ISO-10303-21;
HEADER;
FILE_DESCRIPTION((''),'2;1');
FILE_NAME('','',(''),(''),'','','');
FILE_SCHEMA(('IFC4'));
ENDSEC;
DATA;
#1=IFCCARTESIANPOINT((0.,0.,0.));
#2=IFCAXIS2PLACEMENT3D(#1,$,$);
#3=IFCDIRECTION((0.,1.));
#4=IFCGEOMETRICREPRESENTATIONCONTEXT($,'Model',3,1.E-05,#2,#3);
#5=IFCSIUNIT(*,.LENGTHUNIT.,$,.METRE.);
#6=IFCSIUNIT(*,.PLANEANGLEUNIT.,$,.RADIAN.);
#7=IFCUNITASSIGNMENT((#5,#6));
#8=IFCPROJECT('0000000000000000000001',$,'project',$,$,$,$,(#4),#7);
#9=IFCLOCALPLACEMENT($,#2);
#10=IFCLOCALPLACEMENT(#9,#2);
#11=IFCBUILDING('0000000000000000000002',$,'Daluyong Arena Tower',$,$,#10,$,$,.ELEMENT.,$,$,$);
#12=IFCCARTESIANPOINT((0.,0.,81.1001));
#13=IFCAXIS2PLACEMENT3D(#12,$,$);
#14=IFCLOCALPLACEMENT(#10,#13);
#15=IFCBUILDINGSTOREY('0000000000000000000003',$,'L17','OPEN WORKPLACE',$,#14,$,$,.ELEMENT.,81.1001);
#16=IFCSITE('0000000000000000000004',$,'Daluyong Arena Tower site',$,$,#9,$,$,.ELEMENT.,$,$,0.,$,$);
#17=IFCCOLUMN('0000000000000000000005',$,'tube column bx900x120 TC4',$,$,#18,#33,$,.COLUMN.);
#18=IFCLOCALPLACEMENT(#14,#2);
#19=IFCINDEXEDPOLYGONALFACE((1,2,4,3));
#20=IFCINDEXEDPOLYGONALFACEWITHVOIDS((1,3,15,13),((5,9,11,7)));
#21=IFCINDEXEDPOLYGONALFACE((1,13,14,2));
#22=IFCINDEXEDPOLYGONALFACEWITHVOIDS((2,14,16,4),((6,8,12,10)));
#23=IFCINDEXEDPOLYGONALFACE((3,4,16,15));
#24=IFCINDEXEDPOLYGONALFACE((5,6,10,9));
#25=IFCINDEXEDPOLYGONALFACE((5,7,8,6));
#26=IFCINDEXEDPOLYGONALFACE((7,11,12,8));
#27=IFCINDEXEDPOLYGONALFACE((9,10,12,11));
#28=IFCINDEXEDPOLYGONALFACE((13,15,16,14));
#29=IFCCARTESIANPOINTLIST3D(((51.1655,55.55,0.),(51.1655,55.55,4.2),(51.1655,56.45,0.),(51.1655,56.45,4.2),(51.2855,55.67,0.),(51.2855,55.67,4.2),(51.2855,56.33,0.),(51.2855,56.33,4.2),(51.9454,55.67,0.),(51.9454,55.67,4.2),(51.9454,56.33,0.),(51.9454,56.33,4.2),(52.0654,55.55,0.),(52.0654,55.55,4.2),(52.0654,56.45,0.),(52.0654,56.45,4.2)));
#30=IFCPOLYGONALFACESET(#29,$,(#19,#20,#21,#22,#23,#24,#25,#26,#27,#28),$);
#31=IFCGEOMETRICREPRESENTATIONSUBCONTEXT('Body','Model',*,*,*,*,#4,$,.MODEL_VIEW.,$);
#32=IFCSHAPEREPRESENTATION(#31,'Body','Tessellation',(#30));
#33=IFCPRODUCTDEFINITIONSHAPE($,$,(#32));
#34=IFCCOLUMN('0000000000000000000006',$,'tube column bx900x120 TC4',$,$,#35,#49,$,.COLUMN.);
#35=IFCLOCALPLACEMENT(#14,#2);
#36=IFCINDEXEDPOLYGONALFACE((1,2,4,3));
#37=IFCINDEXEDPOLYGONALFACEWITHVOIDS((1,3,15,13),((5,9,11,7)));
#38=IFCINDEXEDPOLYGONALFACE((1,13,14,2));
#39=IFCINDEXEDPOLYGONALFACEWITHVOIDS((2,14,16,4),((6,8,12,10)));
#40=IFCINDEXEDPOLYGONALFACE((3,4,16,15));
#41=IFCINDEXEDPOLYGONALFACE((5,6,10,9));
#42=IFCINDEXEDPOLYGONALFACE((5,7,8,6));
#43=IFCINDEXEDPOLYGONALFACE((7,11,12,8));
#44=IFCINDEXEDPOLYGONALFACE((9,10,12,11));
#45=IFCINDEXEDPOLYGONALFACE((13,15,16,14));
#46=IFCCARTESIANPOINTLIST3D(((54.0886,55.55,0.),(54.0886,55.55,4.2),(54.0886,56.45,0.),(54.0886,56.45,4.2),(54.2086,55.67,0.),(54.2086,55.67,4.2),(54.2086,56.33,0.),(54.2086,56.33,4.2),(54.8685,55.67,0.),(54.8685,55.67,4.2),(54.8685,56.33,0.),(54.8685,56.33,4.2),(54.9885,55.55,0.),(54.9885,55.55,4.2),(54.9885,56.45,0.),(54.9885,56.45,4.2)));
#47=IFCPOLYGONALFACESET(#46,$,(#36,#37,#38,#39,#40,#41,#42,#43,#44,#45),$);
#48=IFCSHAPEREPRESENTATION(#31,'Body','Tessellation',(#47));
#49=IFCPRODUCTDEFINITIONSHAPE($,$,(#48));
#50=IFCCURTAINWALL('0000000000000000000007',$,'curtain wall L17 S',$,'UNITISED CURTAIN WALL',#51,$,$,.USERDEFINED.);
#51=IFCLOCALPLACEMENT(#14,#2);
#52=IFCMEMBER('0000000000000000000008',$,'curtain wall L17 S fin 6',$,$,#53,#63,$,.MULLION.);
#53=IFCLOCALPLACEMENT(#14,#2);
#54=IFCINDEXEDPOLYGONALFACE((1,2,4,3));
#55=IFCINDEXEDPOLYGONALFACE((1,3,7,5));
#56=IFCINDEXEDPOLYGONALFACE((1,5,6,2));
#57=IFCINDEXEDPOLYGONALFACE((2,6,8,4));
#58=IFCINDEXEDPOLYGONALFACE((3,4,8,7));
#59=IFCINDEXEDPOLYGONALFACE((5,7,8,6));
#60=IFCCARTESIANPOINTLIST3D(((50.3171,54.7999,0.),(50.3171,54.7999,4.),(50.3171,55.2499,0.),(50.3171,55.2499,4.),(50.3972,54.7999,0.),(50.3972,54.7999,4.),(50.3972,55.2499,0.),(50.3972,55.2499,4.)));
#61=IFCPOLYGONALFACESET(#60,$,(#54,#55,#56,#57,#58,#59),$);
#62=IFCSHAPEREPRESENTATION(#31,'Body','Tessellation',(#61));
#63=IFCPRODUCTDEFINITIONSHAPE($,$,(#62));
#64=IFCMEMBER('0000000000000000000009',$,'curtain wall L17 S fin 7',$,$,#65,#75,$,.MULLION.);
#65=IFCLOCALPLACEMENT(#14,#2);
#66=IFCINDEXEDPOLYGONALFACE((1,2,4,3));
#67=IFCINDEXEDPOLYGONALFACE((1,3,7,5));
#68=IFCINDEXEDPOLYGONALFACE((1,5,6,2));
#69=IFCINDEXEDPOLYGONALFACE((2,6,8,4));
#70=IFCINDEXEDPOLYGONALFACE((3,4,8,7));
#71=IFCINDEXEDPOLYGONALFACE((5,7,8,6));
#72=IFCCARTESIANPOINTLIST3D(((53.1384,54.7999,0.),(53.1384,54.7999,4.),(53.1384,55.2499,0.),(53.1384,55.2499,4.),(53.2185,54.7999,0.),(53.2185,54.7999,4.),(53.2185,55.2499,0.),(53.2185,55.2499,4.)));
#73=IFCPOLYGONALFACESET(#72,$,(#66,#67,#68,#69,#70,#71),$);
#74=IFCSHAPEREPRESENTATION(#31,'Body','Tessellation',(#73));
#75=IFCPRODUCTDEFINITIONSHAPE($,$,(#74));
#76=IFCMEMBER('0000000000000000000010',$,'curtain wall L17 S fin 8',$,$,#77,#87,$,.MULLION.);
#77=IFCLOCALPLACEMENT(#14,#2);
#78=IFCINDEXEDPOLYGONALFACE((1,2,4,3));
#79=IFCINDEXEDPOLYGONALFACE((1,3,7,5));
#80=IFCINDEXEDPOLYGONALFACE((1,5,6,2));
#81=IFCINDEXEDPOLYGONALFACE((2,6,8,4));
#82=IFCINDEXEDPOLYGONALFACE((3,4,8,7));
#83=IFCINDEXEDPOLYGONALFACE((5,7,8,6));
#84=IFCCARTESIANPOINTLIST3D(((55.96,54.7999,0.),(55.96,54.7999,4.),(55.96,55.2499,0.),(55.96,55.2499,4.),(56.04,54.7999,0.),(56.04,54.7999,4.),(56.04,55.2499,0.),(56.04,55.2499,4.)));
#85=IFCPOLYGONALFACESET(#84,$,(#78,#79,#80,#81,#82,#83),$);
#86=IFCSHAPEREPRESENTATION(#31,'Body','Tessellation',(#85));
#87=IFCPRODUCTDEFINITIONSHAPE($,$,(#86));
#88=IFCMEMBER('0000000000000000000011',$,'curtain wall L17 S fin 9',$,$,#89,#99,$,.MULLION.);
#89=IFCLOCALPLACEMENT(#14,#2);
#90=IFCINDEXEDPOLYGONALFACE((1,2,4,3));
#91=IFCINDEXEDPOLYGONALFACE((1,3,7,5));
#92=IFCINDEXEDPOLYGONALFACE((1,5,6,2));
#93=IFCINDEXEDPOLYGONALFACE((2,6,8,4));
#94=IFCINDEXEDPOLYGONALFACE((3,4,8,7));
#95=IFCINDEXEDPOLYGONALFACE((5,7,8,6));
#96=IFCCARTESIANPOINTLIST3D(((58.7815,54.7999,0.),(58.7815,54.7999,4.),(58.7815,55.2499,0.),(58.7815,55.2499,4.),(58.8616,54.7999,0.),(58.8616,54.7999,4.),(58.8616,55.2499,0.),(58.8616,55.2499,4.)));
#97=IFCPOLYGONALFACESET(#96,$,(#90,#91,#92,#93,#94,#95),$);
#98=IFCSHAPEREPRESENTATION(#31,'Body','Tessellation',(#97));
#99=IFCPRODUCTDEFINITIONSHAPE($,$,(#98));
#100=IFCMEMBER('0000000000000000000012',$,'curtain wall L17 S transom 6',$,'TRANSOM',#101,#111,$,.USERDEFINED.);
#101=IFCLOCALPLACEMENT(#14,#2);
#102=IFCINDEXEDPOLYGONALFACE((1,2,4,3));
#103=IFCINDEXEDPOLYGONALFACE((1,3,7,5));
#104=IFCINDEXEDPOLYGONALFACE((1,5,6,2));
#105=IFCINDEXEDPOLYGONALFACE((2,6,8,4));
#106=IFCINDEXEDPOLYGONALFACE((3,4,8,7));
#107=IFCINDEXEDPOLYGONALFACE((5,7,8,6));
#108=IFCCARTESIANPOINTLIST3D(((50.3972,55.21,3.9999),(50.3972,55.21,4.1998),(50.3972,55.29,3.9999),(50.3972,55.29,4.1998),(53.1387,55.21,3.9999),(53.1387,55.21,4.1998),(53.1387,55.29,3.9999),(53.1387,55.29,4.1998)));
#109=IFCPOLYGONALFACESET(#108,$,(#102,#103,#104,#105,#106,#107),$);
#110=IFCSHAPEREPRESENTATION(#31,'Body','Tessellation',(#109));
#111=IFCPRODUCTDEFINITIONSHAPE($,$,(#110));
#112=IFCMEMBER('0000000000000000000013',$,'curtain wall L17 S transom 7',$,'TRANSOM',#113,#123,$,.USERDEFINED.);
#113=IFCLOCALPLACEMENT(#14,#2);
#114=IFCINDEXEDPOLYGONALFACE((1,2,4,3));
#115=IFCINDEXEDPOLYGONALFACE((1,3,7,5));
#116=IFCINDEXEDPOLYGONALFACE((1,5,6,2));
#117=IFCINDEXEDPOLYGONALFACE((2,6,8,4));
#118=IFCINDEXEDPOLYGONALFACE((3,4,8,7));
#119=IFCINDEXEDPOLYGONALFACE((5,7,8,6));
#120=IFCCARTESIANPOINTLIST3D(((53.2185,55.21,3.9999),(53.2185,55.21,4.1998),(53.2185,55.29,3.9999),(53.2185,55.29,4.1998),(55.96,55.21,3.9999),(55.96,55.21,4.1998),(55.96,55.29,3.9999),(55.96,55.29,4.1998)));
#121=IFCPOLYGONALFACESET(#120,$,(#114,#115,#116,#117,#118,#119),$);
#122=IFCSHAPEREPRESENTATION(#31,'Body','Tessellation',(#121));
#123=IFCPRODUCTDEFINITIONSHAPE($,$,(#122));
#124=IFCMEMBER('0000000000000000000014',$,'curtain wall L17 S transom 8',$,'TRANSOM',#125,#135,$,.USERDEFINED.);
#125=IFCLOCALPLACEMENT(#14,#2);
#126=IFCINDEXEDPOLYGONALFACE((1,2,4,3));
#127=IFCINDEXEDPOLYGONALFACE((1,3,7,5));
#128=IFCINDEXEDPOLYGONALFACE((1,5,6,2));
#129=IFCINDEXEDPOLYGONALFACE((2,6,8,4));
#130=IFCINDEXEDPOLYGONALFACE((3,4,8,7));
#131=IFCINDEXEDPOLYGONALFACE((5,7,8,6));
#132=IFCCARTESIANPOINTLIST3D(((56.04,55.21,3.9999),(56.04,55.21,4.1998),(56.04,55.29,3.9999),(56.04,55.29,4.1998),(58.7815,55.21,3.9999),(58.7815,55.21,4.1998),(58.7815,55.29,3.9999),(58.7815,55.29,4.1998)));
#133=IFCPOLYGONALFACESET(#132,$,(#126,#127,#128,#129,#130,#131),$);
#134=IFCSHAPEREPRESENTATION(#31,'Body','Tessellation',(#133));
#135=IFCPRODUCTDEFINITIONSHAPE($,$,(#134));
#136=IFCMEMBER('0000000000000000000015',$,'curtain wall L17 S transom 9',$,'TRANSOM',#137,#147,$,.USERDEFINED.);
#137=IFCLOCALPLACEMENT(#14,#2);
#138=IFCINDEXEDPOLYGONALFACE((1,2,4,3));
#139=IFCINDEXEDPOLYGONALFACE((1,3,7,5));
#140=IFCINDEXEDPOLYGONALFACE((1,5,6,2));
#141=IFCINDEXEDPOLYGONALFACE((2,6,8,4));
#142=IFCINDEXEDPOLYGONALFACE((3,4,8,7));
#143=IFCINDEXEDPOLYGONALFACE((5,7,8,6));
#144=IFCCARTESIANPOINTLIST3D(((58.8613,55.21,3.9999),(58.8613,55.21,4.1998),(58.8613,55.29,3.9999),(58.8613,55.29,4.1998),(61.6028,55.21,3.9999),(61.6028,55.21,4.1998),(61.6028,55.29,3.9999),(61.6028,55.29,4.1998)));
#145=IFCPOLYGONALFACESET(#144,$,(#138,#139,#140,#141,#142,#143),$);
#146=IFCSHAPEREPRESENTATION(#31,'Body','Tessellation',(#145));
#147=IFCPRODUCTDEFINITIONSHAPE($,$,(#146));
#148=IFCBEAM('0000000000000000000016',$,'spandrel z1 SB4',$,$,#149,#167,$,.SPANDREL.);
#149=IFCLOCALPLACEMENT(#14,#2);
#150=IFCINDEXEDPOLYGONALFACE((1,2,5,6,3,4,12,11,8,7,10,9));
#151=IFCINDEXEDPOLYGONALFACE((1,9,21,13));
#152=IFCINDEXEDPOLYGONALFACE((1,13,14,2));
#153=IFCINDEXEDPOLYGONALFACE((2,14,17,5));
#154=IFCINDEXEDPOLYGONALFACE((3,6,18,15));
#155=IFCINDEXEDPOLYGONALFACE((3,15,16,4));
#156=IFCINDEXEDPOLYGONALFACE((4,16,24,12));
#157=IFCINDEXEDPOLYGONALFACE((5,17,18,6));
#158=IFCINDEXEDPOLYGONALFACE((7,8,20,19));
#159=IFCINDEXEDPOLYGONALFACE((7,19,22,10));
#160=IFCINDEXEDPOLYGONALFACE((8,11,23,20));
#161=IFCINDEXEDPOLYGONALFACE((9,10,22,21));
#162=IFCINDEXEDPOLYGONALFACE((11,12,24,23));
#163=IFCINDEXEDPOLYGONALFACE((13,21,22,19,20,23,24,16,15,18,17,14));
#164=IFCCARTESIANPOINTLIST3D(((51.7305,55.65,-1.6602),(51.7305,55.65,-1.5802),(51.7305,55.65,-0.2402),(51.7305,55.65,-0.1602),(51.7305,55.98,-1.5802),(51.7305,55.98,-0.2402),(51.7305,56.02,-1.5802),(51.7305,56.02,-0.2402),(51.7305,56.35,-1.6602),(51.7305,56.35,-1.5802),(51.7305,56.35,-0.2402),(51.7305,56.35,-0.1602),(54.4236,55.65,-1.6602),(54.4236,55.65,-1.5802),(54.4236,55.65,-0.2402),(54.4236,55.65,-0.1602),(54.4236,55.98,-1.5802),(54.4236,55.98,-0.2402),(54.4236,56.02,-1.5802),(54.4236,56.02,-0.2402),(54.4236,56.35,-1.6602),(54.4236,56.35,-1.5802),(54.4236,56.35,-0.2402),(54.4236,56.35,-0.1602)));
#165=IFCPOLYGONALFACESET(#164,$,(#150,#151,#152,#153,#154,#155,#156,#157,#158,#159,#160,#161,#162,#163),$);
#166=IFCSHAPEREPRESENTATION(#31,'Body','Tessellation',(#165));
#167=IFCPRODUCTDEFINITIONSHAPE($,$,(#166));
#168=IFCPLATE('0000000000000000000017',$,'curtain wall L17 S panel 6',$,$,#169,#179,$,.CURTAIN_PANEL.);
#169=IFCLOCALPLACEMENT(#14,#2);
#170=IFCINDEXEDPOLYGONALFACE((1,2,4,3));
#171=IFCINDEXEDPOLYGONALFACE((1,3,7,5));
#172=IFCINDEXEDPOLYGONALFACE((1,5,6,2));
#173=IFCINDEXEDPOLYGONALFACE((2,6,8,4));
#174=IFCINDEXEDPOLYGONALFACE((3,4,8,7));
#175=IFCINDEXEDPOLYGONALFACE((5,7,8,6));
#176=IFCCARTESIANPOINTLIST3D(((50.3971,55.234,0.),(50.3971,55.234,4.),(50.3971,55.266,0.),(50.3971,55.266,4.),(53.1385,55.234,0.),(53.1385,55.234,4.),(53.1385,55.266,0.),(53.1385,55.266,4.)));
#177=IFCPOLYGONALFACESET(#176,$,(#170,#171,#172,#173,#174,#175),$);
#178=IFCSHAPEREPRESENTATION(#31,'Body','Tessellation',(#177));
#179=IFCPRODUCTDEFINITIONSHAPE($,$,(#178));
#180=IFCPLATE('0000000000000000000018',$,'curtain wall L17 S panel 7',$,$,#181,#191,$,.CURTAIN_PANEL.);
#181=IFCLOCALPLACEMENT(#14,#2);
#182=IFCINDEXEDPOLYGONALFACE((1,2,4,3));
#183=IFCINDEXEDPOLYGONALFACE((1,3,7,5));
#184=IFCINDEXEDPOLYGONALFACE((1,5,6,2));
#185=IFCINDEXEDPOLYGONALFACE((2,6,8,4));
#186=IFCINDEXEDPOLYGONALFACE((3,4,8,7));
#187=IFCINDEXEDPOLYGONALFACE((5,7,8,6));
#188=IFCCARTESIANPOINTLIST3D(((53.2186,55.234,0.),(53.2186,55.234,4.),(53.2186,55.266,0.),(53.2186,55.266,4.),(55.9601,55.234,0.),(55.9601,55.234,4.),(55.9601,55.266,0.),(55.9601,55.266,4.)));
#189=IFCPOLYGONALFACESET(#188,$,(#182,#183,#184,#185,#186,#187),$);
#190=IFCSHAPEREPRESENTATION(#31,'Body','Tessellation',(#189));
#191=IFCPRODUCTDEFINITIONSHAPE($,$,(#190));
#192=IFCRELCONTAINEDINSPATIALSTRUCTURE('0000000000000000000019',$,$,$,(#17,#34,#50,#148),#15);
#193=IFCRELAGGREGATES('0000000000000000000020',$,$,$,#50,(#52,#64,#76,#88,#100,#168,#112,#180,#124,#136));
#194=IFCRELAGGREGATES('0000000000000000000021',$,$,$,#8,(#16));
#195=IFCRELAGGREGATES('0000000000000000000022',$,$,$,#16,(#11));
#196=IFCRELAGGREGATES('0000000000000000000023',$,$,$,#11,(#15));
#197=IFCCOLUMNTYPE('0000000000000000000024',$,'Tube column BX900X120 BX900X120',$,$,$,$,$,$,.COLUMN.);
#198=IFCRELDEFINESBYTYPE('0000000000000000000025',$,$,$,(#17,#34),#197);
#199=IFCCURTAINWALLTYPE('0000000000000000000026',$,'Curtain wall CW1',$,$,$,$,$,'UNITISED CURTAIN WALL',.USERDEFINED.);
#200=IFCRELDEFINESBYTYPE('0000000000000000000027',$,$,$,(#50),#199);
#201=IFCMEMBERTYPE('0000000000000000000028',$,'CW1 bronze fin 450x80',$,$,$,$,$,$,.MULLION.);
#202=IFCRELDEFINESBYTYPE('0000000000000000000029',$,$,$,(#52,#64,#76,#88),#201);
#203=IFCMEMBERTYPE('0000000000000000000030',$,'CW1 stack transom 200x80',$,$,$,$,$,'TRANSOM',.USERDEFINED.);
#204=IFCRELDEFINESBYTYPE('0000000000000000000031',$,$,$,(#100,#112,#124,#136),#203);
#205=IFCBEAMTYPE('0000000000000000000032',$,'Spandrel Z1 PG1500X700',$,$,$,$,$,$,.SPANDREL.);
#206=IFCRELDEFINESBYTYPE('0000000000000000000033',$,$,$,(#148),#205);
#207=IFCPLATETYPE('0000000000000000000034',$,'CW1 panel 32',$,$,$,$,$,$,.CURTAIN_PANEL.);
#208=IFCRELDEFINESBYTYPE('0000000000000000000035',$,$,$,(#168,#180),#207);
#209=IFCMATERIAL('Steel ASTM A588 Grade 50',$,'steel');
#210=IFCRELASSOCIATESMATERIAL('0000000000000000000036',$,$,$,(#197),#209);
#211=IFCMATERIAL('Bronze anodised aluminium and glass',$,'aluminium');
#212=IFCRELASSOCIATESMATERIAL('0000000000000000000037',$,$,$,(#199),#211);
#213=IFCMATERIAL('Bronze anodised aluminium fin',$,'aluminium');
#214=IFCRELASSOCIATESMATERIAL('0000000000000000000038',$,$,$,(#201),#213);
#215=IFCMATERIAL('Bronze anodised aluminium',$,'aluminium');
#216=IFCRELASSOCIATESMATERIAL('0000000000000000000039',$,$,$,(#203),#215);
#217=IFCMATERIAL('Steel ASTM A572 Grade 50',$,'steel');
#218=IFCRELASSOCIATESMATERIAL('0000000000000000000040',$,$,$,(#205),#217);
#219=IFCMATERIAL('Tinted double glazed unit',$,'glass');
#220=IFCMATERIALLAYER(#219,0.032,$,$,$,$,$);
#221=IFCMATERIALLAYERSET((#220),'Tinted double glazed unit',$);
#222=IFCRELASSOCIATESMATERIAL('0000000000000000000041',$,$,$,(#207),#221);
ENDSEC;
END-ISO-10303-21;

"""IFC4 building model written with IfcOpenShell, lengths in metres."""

from ifc_helpers import new_model, si_unit, direction, frame, origin, origin_2d, place, context, subcontext, project, spatial, rectangle, hollow_rectangle, i_section, extrude, material, layer, layer_set, material_profile, profile_set, type_object, element, aggregate, save


model = new_model("IFC4")

# Units and contexts
model_context = context("Model", 3, precision=1e-05, world=origin(), true_north=direction((0.0, 1.0)))
body_context = subcontext(model_context, "Body", "Model", "MODEL_VIEW")
ifc_project = project(units=[si_unit("LENGTHUNIT", "METRE"), si_unit("PLANEANGLEUNIT", "RADIAN")], contexts=[model_context])

# Site, building, storey
site_placement = place(None, origin())
site = spatial("IfcSite", under=ifc_project, at=site_placement, Name="Daluyong Arena Tower site", CompositionType="ELEMENT", RefElevation=0.0)
building_placement = place(site_placement, origin())
building = spatial("IfcBuilding", under=site, at=building_placement, Name="Daluyong Arena Tower", CompositionType="ELEMENT")
storey_placement = place(building_placement, frame((0.0, 0.0, 81.1001)))
storey = spatial("IfcBuildingStorey", under=building, at=storey_placement, Name="L17", Description="OPEN WORKPLACE", CompositionType="ELEMENT", Elevation=81.1001)

# Columns
ifc_material_1 = material(Name="Steel ASTM A588 Grade 50", Category="steel")
ifc_material_profile_1 = material_profile(ifc_material_1, hollow_rectangle(XDim=0.8999, YDim=0.8999, WallThickness=0.12, at=origin_2d()))
ifc_profile_set_1 = profile_set([ifc_material_profile_1], Name="Steel ASTM A588 Grade 50")
column_type = type_object("IfcColumnType", Name="Tube column BX900X120 BX900X120", PredefinedType="COLUMN", material=ifc_profile_set_1)
for number, where, z_axis, x_axis, name in (
    (1, (51.6155, 56.0, 0.0), (0.0, 0.0, 1.0), (1.0, 0.0, 0.0), "tube column bx900x120 TC4"),
    (2, (54.5386, 56.0, 0.0), (0.0, 0.0, 1.0), (1.0, 0.0, 0.0), "tube column bx900x120 TC4"),
):
    element("IfcColumn", number, at=place(storey_placement, frame(where, z_axis=z_axis, x_axis=x_axis)), inside=storey, type_object=column_type, Name=name, PredefinedType="COLUMN", context=body_context, shape_type="SweptSolid", body=[
        extrude(hollow_rectangle(XDim=0.8999, YDim=0.8999, WallThickness=0.12, at=origin_2d()), origin(), (0.0, 0.0, 1.0), 4.2),
    ])

# Curtain wall, members
ifc_material_2 = material(Name="Bronze anodised aluminium and glass", Category="aluminium")
curtain_wall_type = type_object("IfcCurtainWallType", Name="Curtain wall CW1", ElementType="UNITISED CURTAIN WALL", PredefinedType="USERDEFINED", material=ifc_material_2)
curtain_wall_placement = place(storey_placement, origin())
curtain_wall = element("IfcCurtainWall", 3, at=curtain_wall_placement, inside=storey, type_object=curtain_wall_type, Name="curtain wall L17 S", ObjectType="UNITISED CURTAIN WALL", PredefinedType="USERDEFINED")
ifc_material_3 = material(Name="Bronze anodised aluminium fin", Category="aluminium")
ifc_material_profile_2 = material_profile(ifc_material_3, rectangle(XDim=0.45, YDim=0.0801, at=origin_2d()))
ifc_profile_set_2 = profile_set([ifc_material_profile_2], Name="Bronze anodised aluminium fin")
member_type_1 = type_object("IfcMemberType", Name="CW1 bronze fin 450x80", PredefinedType="MULLION", material=ifc_profile_set_2)
member_1_placement = place(storey_placement, frame((50.3572, 55.0249, 0.0), z_axis=(0.0, 0.0, 1.0), x_axis=(0.0, 1.0, 0.0)))
member_1 = element("IfcMember", 4, at=member_1_placement, type_object=member_type_1, Name="curtain wall L17 S fin 6", PredefinedType="MULLION", context=body_context, shape_type="SweptSolid", body=[
    extrude(rectangle(XDim=0.45, YDim=0.0801, at=origin_2d()), origin(), (0.0, 0.0, 1.0), 4.0),
])
member_2_placement = place(storey_placement, frame((53.1785, 55.0249, 0.0), z_axis=(0.0, 0.0, 1.0), x_axis=(0.0, 1.0, 0.0)))
member_2 = element("IfcMember", 5, at=member_2_placement, type_object=member_type_1, Name="curtain wall L17 S fin 7", PredefinedType="MULLION", context=body_context, shape_type="SweptSolid", body=[
    extrude(rectangle(XDim=0.45, YDim=0.0801, at=origin_2d()), origin(), (0.0, 0.0, 1.0), 4.0),
])
member_3_placement = place(storey_placement, frame((56.0, 55.0249, 0.0), z_axis=(0.0, 0.0, 1.0), x_axis=(0.0, 1.0, 0.0)))
member_3 = element("IfcMember", 6, at=member_3_placement, type_object=member_type_1, Name="curtain wall L17 S fin 8", PredefinedType="MULLION", context=body_context, shape_type="SweptSolid", body=[
    extrude(rectangle(XDim=0.45, YDim=0.0801, at=origin_2d()), origin(), (0.0, 0.0, 1.0), 4.0),
])
member_4_placement = place(storey_placement, frame((58.8215, 55.0249, 0.0), z_axis=(0.0, 0.0, 1.0), x_axis=(0.0, 1.0, 0.0)))
member_4 = element("IfcMember", 7, at=member_4_placement, type_object=member_type_1, Name="curtain wall L17 S fin 9", PredefinedType="MULLION", context=body_context, shape_type="SweptSolid", body=[
    extrude(rectangle(XDim=0.45, YDim=0.0801, at=origin_2d()), origin(), (0.0, 0.0, 1.0), 4.0),
])
ifc_material_4 = material(Name="Bronze anodised aluminium", Category="aluminium")
ifc_material_profile_3 = material_profile(ifc_material_4, rectangle(XDim=0.0801, YDim=0.2, at=origin_2d()))
ifc_profile_set_3 = profile_set([ifc_material_profile_3], Name="Bronze anodised aluminium")
member_type_2 = type_object("IfcMemberType", Name="CW1 stack transom 200x80", ElementType="TRANSOM", PredefinedType="USERDEFINED", material=ifc_profile_set_3)
member_5_placement = place(storey_placement, frame((50.3972, 55.25, 4.0999), z_axis=(1.0, 0.0, 0.0), x_axis=(0.0, 1.0, 0.0)))
member_5 = element("IfcMember", 8, at=member_5_placement, type_object=member_type_2, Name="curtain wall L17 S transom 6", ObjectType="TRANSOM", PredefinedType="USERDEFINED", context=body_context, shape_type="SweptSolid", body=[
    extrude(rectangle(XDim=0.0801, YDim=0.2, at=origin_2d()), origin(), (0.0, 0.0, 1.0), 2.7415),
])
member_6_placement = place(storey_placement, frame((53.2185, 55.25, 4.0999), z_axis=(1.0, 0.0, 0.0), x_axis=(0.0, 1.0, 0.0)))
member_6 = element("IfcMember", 9, at=member_6_placement, type_object=member_type_2, Name="curtain wall L17 S transom 7", ObjectType="TRANSOM", PredefinedType="USERDEFINED", context=body_context, shape_type="SweptSolid", body=[
    extrude(rectangle(XDim=0.0801, YDim=0.2, at=origin_2d()), origin(), (0.0, 0.0, 1.0), 2.7415),
])
member_7_placement = place(storey_placement, frame((56.04, 55.25, 4.0999), z_axis=(1.0, 0.0, 0.0), x_axis=(0.0, 1.0, 0.0)))
member_7 = element("IfcMember", 10, at=member_7_placement, type_object=member_type_2, Name="curtain wall L17 S transom 8", ObjectType="TRANSOM", PredefinedType="USERDEFINED", context=body_context, shape_type="SweptSolid", body=[
    extrude(rectangle(XDim=0.0801, YDim=0.2, at=origin_2d()), origin(), (0.0, 0.0, 1.0), 2.7415),
])
member_8_placement = place(storey_placement, frame((58.8613, 55.25, 4.0999), z_axis=(1.0, 0.0, 0.0), x_axis=(0.0, 1.0, 0.0)))
member_8 = element("IfcMember", 11, at=member_8_placement, type_object=member_type_2, Name="curtain wall L17 S transom 9", ObjectType="TRANSOM", PredefinedType="USERDEFINED", context=body_context, shape_type="SweptSolid", body=[
    extrude(rectangle(XDim=0.0801, YDim=0.2, at=origin_2d()), origin(), (0.0, 0.0, 1.0), 2.7415),
])

# Beam
ifc_material_5 = material(Name="Steel ASTM A572 Grade 50", Category="steel")
ifc_material_profile_4 = material_profile(ifc_material_5, i_section(OverallWidth=0.7, OverallDepth=1.5, WebThickness=0.04, FlangeThickness=0.08, at=origin_2d()))
ifc_profile_set_4 = profile_set([ifc_material_profile_4], Name="Steel ASTM A572 Grade 50")
beam_type = type_object("IfcBeamType", Name="Spandrel Z1 PG1500X700", PredefinedType="SPANDREL", material=ifc_profile_set_4)
beam_placement = place(storey_placement, frame((51.7305, 56.0, -0.9102), z_axis=(1.0, 0.0, 0.0), x_axis=(0.0, 1.0, 0.0)))
element("IfcBeam", 12, at=beam_placement, inside=storey, type_object=beam_type, Name="spandrel z1 SB4", PredefinedType="SPANDREL", context=body_context, shape_type="SweptSolid", body=[
    extrude(i_section(OverallWidth=0.7, OverallDepth=1.5, WebThickness=0.04, FlangeThickness=0.08, at=origin_2d()), origin(), (0.0, 0.0, 1.0), 2.6931),
])

# Plates
ifc_material_6 = material(Name="Tinted double glazed unit", Category="glass")
ifc_layer = layer(ifc_material_6, 0.032)
ifc_layer_set = layer_set([ifc_layer], Name="Tinted double glazed unit")
plate_type = type_object("IfcPlateType", Name="CW1 panel 32", PredefinedType="CURTAIN_PANEL", material=ifc_layer_set)
plate_1_placement = place(storey_placement, frame((51.7678, 55.25, 0.0), z_axis=(0.0, 0.0, 1.0), x_axis=(1.0, 0.0, 0.0)))
plate_1 = element("IfcPlate", 13, at=plate_1_placement, type_object=plate_type, Name="curtain wall L17 S panel 6", PredefinedType="CURTAIN_PANEL", context=body_context, shape_type="SweptSolid", body=[
    extrude(rectangle(XDim=2.7415, YDim=0.032, at=origin_2d()), origin(), (0.0, 0.0, 1.0), 4.0),
])
plate_2_placement = place(storey_placement, frame((54.5894, 55.25, 0.0), z_axis=(0.0, 0.0, 1.0), x_axis=(1.0, 0.0, 0.0)))
plate_2 = element("IfcPlate", 14, at=plate_2_placement, type_object=plate_type, Name="curtain wall L17 S panel 7", PredefinedType="CURTAIN_PANEL", context=body_context, shape_type="SweptSolid", body=[
    extrude(rectangle(XDim=2.7415, YDim=0.032, at=origin_2d()), origin(), (0.0, 0.0, 1.0), 4.0),
])
aggregate(curtain_wall, [member_1, member_2, member_3, member_4, member_5, plate_1, member_6, plate_2, member_7, member_8])

save(model, "model.ifc")
